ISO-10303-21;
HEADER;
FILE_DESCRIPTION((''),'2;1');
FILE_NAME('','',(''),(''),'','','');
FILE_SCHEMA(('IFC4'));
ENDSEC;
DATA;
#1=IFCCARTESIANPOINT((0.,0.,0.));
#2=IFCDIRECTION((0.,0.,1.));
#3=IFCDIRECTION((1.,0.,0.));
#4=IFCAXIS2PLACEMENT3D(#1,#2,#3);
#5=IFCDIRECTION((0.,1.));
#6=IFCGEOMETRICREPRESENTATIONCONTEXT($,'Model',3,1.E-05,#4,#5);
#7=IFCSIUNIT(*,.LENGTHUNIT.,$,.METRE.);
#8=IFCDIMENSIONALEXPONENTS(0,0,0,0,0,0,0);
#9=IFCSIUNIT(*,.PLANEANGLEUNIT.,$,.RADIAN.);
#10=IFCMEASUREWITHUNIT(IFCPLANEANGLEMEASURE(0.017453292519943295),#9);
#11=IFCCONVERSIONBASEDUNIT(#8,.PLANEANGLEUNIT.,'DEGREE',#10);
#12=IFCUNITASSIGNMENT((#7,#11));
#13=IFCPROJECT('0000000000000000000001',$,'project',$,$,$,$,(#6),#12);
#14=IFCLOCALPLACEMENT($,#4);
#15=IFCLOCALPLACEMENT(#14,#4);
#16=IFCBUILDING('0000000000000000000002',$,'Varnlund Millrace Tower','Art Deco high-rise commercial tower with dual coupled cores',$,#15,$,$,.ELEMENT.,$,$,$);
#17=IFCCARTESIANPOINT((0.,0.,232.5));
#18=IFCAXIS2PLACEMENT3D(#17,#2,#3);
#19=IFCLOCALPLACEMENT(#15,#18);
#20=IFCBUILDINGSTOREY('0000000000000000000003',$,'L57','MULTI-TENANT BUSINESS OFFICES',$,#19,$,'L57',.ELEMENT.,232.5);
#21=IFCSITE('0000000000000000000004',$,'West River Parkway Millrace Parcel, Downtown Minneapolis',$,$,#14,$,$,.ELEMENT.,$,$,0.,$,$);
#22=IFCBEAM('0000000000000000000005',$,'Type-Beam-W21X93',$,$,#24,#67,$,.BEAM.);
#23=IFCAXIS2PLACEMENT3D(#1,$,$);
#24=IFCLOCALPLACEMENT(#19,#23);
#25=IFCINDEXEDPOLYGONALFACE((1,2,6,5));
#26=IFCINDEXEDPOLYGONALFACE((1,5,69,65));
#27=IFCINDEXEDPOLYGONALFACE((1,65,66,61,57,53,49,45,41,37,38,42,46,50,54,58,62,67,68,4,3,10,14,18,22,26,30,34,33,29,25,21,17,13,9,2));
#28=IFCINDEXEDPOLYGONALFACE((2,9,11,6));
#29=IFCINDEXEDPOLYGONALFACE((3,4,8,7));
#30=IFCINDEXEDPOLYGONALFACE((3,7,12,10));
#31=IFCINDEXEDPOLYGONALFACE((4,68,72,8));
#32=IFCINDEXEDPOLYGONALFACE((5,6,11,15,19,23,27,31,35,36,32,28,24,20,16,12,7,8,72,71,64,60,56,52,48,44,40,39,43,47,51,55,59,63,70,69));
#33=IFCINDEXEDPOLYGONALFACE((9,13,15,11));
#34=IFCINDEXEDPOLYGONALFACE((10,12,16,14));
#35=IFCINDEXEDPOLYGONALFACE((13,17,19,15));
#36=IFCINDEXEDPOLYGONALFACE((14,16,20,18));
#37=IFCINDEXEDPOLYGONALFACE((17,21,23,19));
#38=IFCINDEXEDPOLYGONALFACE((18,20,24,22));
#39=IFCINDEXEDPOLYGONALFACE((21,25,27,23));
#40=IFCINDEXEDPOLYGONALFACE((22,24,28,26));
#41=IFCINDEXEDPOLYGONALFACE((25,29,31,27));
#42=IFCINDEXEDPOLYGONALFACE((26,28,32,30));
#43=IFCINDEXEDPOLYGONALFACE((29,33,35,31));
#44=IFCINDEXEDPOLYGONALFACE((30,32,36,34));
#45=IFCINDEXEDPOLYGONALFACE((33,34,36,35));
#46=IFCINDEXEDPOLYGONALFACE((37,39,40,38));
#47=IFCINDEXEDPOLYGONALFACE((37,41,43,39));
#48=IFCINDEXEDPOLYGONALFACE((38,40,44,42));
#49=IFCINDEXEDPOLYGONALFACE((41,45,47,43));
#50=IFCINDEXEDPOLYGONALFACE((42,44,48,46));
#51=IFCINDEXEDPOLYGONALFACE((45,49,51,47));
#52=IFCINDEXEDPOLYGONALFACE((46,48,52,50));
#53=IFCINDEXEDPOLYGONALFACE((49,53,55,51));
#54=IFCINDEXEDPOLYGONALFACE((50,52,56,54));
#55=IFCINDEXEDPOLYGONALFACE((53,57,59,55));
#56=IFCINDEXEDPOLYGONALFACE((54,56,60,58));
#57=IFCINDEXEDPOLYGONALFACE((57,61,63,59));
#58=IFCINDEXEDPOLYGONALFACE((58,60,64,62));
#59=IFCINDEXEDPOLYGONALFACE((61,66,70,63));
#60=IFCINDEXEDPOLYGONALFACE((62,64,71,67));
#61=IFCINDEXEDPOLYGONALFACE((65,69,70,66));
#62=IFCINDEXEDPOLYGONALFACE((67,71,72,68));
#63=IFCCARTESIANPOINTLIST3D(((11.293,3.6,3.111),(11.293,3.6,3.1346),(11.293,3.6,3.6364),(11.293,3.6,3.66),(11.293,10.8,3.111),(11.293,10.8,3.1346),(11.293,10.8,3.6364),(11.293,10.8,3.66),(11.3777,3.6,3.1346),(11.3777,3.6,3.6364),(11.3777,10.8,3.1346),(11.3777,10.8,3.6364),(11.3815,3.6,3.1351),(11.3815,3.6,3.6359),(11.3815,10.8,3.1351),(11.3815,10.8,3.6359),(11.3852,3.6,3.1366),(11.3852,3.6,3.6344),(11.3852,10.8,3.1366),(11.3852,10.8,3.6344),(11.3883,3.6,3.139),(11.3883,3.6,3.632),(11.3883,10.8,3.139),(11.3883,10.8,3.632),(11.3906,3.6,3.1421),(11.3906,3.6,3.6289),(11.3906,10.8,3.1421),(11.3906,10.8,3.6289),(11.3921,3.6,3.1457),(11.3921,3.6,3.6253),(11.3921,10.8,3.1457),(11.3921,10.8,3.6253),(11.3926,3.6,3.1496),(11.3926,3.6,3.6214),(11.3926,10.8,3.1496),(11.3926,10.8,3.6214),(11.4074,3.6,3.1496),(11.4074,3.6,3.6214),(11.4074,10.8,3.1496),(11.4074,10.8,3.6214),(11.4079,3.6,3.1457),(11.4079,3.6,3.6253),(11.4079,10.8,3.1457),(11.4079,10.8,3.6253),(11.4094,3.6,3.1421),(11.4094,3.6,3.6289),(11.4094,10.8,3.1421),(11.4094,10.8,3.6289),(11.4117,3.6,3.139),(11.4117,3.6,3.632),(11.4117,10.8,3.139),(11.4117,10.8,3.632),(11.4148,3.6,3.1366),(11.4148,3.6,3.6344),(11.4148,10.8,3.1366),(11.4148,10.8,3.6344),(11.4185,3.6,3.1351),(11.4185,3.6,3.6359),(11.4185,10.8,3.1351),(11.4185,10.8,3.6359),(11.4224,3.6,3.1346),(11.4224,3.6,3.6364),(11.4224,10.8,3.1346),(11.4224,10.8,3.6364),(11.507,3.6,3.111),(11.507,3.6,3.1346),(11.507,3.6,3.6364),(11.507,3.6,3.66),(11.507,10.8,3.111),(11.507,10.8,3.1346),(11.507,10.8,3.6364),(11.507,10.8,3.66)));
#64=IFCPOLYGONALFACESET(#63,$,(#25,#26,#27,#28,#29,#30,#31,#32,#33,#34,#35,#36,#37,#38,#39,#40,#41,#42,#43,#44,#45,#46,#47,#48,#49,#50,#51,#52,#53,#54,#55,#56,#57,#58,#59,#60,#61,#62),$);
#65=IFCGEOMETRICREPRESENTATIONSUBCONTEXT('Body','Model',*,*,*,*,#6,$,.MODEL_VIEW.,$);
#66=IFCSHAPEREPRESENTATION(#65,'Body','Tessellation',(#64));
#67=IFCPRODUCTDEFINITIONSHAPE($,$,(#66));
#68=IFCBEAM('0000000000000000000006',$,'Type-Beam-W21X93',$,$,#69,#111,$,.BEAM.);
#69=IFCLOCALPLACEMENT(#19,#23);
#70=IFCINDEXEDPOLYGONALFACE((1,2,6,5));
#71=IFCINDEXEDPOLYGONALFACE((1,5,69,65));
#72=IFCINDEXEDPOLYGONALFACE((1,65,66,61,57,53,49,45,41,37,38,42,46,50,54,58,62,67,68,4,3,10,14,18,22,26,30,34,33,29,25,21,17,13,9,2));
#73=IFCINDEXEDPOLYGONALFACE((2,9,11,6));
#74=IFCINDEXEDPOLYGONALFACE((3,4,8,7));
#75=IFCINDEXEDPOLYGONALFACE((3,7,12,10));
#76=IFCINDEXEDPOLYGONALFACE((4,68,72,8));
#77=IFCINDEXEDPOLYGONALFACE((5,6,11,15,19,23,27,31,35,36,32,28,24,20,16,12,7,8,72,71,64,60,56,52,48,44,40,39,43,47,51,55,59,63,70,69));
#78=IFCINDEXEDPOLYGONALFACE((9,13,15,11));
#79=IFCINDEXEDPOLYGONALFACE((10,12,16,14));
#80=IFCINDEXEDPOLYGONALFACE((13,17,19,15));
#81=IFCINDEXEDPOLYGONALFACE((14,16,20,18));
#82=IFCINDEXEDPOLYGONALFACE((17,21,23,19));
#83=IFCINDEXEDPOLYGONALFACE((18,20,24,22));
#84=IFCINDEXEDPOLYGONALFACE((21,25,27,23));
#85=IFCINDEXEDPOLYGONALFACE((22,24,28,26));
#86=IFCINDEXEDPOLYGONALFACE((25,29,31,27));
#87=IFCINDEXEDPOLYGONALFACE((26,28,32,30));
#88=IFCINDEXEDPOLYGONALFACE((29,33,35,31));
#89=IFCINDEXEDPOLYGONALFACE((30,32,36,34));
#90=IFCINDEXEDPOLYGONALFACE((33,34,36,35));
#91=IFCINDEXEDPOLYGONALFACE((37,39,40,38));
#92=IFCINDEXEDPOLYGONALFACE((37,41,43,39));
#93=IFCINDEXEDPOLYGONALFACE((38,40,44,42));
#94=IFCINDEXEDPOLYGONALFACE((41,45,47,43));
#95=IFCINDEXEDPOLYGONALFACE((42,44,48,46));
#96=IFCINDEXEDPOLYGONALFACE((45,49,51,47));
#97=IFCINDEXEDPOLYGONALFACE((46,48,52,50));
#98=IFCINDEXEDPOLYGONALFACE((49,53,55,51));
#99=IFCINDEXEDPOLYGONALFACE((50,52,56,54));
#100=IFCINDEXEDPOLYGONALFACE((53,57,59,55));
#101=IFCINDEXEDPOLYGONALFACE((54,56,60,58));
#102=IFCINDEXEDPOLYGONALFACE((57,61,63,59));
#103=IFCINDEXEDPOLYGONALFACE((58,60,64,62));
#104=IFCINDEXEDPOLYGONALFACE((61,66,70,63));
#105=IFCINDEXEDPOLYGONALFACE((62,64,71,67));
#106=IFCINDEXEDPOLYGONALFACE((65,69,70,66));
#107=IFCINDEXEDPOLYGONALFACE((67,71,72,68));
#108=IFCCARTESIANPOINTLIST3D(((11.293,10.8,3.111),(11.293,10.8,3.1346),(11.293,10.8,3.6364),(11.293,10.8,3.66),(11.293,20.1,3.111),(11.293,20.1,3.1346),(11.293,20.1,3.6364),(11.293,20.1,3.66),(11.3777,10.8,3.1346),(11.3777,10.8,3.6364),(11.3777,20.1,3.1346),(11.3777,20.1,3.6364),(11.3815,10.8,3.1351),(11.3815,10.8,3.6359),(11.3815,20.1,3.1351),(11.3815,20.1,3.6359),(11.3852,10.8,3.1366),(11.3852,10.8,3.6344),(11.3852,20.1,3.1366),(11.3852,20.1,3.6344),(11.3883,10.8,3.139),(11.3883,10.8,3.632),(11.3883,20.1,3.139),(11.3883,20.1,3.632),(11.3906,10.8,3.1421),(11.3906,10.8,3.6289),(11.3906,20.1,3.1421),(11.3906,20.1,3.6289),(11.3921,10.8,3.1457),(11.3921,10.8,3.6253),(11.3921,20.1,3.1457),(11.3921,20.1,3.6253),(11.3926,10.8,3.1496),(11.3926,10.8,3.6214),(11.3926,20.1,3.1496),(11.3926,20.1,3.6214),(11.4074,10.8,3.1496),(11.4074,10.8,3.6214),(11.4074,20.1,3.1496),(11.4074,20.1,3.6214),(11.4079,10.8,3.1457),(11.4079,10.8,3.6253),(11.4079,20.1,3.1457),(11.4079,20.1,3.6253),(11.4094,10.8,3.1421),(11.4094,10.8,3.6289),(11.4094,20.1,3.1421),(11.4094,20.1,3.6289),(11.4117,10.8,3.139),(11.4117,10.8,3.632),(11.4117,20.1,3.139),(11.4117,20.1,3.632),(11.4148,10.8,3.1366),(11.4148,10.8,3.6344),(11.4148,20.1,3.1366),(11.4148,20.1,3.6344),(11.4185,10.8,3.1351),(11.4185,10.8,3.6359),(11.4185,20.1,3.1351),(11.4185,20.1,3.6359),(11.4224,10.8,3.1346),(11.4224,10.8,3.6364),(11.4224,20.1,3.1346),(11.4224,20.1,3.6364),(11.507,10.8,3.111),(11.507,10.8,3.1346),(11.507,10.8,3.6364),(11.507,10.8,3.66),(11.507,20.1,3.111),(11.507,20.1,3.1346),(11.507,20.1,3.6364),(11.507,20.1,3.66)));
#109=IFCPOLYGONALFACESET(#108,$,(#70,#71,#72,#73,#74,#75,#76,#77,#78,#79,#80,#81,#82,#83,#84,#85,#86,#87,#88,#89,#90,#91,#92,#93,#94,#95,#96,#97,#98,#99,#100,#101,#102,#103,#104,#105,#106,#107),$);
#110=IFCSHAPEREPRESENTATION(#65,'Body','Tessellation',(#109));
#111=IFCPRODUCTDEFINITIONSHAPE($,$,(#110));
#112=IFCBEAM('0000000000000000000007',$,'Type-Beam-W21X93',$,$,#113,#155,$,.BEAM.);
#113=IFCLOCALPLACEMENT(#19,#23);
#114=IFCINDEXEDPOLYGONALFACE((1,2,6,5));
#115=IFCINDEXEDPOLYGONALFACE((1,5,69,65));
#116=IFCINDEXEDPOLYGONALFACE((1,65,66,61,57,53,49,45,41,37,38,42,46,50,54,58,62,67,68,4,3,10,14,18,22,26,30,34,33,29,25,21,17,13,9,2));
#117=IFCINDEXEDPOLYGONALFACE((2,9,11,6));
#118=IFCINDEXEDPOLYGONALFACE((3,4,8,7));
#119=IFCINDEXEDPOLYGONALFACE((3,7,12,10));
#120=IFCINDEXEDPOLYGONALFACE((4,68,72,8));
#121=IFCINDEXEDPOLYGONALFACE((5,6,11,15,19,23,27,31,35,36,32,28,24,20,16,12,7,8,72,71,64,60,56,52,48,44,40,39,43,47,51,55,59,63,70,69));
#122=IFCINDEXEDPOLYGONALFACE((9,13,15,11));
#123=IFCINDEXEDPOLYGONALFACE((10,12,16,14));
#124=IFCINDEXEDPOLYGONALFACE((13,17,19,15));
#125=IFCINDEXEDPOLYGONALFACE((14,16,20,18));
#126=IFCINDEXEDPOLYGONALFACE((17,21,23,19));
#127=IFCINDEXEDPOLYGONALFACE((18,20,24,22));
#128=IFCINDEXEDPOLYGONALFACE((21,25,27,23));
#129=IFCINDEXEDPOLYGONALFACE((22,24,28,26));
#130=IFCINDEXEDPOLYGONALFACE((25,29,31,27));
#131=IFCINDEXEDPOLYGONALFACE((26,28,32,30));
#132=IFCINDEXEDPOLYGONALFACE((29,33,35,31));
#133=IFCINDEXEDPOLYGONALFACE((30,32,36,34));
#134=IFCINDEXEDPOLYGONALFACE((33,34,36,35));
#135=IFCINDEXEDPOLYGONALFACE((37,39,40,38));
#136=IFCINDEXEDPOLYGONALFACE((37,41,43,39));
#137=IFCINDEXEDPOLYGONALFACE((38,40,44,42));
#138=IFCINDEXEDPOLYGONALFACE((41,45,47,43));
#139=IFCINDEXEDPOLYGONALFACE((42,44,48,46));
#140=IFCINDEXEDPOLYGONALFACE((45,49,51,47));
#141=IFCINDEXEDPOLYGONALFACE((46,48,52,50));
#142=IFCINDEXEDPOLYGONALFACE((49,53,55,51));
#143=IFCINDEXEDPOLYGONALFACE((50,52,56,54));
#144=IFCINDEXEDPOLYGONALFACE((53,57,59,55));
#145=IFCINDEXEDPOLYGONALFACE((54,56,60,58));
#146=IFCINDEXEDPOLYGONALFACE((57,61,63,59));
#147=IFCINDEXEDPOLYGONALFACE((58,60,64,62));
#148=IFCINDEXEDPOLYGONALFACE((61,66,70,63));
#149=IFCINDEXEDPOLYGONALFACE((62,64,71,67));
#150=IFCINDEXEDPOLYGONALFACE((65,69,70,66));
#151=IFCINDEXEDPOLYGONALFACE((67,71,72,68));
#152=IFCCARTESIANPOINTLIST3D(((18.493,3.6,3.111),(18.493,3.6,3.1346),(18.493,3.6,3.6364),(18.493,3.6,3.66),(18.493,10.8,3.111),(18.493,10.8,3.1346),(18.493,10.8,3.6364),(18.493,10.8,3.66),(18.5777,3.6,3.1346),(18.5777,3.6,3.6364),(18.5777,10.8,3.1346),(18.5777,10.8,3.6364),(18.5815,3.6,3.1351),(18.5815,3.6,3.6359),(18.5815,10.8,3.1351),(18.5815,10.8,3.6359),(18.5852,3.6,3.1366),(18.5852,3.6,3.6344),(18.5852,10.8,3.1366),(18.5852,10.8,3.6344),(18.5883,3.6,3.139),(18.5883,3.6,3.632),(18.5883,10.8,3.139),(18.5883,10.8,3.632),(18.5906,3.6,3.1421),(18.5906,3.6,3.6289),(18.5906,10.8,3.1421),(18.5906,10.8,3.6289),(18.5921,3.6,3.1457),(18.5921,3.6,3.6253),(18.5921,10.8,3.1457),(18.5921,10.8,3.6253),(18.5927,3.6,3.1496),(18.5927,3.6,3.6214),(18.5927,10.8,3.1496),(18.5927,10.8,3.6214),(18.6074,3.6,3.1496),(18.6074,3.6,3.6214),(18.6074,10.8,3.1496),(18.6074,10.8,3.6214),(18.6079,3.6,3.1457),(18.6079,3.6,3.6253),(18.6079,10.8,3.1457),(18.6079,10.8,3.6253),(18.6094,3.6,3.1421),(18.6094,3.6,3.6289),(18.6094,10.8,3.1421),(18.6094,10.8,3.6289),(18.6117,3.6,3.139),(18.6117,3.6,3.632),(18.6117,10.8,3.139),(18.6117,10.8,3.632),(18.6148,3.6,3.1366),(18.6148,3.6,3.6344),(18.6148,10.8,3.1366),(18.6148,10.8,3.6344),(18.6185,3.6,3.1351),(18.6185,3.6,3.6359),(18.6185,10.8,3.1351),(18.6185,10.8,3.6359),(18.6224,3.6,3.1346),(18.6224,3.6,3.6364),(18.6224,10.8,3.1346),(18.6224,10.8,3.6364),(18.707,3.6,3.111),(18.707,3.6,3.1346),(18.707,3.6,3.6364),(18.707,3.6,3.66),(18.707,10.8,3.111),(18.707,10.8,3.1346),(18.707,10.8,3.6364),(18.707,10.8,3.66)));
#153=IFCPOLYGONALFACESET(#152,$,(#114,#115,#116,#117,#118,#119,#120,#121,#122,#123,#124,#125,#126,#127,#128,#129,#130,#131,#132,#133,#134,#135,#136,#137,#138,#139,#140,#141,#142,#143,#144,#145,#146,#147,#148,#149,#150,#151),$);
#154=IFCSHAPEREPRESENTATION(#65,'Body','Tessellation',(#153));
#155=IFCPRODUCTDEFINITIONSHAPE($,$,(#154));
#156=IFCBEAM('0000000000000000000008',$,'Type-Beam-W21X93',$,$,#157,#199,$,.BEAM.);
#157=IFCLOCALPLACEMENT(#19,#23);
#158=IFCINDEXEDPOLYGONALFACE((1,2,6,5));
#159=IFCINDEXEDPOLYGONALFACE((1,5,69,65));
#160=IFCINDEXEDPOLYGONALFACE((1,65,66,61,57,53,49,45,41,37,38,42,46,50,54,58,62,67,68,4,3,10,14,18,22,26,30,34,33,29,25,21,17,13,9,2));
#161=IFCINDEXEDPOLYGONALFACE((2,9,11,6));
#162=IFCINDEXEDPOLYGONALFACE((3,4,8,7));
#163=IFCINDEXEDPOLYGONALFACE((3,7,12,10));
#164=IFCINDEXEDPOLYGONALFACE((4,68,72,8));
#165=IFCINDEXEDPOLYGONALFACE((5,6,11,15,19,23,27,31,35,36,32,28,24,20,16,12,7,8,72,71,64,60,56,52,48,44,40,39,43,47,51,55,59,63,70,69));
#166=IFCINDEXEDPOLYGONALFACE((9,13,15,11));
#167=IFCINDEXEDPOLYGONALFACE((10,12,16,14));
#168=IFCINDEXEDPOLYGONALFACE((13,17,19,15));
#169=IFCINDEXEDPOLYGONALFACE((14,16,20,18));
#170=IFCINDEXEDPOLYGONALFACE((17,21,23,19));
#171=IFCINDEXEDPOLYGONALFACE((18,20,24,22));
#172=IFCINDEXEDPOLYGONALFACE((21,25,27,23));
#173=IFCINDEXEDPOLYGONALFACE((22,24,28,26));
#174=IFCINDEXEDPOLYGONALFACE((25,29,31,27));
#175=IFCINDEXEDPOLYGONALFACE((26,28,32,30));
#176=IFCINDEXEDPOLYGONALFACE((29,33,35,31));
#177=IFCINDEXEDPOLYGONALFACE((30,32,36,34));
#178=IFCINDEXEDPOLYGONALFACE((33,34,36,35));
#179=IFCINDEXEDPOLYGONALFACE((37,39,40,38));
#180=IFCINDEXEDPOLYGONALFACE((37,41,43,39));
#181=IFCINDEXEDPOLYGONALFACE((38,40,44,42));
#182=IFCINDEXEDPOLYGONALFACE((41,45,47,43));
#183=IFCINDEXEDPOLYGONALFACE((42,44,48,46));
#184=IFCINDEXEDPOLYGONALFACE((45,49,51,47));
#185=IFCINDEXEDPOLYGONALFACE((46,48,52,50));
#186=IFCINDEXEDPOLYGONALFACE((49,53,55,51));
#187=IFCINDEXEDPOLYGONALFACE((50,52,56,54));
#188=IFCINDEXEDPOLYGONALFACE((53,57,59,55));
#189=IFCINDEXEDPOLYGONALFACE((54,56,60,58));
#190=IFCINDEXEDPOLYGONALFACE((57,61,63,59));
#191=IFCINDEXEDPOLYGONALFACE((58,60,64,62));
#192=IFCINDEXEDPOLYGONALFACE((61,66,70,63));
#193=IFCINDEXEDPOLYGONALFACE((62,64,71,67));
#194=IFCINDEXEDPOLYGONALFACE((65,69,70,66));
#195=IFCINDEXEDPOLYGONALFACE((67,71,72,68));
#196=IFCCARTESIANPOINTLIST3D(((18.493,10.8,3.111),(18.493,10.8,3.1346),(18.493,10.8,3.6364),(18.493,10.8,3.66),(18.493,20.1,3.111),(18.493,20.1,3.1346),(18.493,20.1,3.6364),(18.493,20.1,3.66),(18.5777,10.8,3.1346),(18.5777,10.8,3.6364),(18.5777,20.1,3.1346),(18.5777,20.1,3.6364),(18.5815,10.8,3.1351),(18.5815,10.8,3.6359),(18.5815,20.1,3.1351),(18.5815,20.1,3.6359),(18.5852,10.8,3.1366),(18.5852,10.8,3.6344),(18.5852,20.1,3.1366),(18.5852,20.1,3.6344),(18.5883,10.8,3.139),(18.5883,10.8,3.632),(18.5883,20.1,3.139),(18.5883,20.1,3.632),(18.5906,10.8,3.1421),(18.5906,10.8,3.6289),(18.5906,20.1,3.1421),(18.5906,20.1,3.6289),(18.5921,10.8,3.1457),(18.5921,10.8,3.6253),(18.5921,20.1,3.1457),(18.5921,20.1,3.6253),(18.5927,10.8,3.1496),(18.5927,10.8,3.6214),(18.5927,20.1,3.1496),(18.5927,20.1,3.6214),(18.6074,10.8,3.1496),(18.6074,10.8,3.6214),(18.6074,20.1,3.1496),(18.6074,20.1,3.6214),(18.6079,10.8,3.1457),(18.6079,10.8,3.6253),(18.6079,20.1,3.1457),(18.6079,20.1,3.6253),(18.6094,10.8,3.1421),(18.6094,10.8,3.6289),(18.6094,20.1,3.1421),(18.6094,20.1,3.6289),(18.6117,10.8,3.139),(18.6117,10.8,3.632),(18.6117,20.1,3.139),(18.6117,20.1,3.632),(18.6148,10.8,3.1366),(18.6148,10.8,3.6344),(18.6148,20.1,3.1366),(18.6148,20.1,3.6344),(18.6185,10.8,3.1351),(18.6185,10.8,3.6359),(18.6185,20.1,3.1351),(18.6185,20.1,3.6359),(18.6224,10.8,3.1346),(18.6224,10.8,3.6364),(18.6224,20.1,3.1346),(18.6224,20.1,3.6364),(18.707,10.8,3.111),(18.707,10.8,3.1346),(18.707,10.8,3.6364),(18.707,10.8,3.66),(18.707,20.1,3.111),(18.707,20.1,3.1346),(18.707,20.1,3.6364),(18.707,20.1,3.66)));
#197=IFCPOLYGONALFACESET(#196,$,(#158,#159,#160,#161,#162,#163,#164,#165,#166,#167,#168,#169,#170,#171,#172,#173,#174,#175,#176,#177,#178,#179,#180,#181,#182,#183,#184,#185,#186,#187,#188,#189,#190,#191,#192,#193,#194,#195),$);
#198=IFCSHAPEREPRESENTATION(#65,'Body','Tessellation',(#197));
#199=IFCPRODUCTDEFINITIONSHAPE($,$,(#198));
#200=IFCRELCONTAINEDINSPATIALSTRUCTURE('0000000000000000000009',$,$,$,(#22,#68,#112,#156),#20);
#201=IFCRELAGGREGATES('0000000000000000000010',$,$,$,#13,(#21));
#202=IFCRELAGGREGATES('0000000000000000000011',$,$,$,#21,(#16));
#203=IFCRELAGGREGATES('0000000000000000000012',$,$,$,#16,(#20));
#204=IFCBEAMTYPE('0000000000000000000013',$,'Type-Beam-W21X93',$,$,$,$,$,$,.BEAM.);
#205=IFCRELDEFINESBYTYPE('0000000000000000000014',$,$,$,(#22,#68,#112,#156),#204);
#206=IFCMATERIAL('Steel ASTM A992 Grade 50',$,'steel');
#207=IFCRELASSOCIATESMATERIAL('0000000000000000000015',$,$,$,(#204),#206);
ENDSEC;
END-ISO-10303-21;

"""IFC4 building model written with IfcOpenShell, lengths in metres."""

from ifc_helpers import new_model, entity, si_unit, converted_unit, direction, frame, origin_with_axes, origin_2d_with_axis, place, context, subcontext, project, spatial, i_section, extrude, material, material_profile, profile_set, type_object, element, save


model = new_model("IFC4")

# Units and contexts
model_context = context("Model", 3, precision=1e-05, world=origin_with_axes(), true_north=direction((0.0, 1.0)))
body_context = subcontext(model_context, "Body", "Model", "MODEL_VIEW")
ifc_project = project(units=[si_unit("LENGTHUNIT", "METRE"), converted_unit("PLANEANGLEUNIT", "DEGREE", entity("IfcPlaneAngleMeasure", 0.017453292519943295), si_unit("PLANEANGLEUNIT", "RADIAN"), dimensions=[0, 0, 0, 0, 0, 0, 0])], contexts=[model_context])

# Site, building, storey
site_placement = place(None, origin_with_axes())
site = spatial("IfcSite", under=ifc_project, at=site_placement, Name="West River Parkway Millrace Parcel, Downtown Minneapolis", CompositionType="ELEMENT", RefElevation=0.0)
building_placement = place(site_placement, origin_with_axes())
building = spatial("IfcBuilding", under=site, at=building_placement, Name="Varnlund Millrace Tower", Description="Art Deco high-rise commercial tower with dual coupled cores", CompositionType="ELEMENT")
storey_placement = place(building_placement, frame((0.0, 0.0, 232.5), z_axis=(0.0, 0.0, 1.0), x_axis=(1.0, 0.0, 0.0)))
storey = spatial("IfcBuildingStorey", under=building, at=storey_placement, Name="L57", Description="MULTI-TENANT BUSINESS OFFICES", LongName="L57", CompositionType="ELEMENT", Elevation=232.5)

# Beams
ifc_material_1 = material(Name="Steel ASTM A992 Grade 50", Category="steel")
ifc_material_profile_1 = material_profile(ifc_material_1, i_section(OverallWidth=0.214, OverallDepth=0.549, WebThickness=0.0147, FlangeThickness=0.0236, FilletRadius=0.015, at=origin_2d_with_axis()), Name="Steel ASTM A992 Grade 50")
ifc_profile_set_1 = profile_set([ifc_material_profile_1], Name="Steel ASTM A992 Grade 50")
beam_type_1 = type_object("IfcBeamType", Name="Type-Beam-W21X93", PredefinedType="BEAM", material=ifc_profile_set_1)
beam_1_placement = place(storey_placement, frame((11.4, 3.6, 3.3855), z_axis=(0.0, 1.0, 0.0), x_axis=(-1.0, 0.0, 0.0)))
element("IfcBeam", 1, at=beam_1_placement, inside=storey, type_object=beam_type_1, Name="Type-Beam-W21X93", PredefinedType="BEAM", context=body_context, shape_type="SweptSolid", body=[
    extrude(i_section(OverallWidth=0.214, OverallDepth=0.549, WebThickness=0.0147, FlangeThickness=0.0236, FilletRadius=0.015, at=origin_2d_with_axis()), origin_with_axes(), (0.0, 0.0, 1.0), 7.2),
])
beam_2_placement = place(storey_placement, frame((11.4, 10.8, 3.3855), z_axis=(0.0, 1.0, 0.0), x_axis=(-1.0, 0.0, 0.0)))
element("IfcBeam", 2, at=beam_2_placement, inside=storey, type_object=beam_type_1, Name="Type-Beam-W21X93", PredefinedType="BEAM", context=body_context, shape_type="SweptSolid", body=[
    extrude(i_section(OverallWidth=0.214, OverallDepth=0.549, WebThickness=0.0147, FlangeThickness=0.0236, FilletRadius=0.015, at=origin_2d_with_axis()), origin_with_axes(), (0.0, 0.0, 1.0), 9.3),
])
beam_3_placement = place(storey_placement, frame((18.6, 3.6, 3.3855), z_axis=(0.0, 1.0, 0.0), x_axis=(-1.0, 0.0, 0.0)))
element("IfcBeam", 3, at=beam_3_placement, inside=storey, type_object=beam_type_1, Name="Type-Beam-W21X93", PredefinedType="BEAM", context=body_context, shape_type="SweptSolid", body=[
    extrude(i_section(OverallWidth=0.214, OverallDepth=0.549, WebThickness=0.0147, FlangeThickness=0.0236, FilletRadius=0.015, at=origin_2d_with_axis()), origin_with_axes(), (0.0, 0.0, 1.0), 7.2),
])
beam_4_placement = place(storey_placement, frame((18.6, 10.8, 3.3855), z_axis=(0.0, 1.0, 0.0), x_axis=(-1.0, 0.0, 0.0)))
element("IfcBeam", 4, at=beam_4_placement, inside=storey, type_object=beam_type_1, Name="Type-Beam-W21X93", PredefinedType="BEAM", context=body_context, shape_type="SweptSolid", body=[
    extrude(i_section(OverallWidth=0.214, OverallDepth=0.549, WebThickness=0.0147, FlangeThickness=0.0236, FilletRadius=0.015, at=origin_2d_with_axis()), origin_with_axes(), (0.0, 0.0, 1.0), 9.3),
])

save(model, "model.ifc")
